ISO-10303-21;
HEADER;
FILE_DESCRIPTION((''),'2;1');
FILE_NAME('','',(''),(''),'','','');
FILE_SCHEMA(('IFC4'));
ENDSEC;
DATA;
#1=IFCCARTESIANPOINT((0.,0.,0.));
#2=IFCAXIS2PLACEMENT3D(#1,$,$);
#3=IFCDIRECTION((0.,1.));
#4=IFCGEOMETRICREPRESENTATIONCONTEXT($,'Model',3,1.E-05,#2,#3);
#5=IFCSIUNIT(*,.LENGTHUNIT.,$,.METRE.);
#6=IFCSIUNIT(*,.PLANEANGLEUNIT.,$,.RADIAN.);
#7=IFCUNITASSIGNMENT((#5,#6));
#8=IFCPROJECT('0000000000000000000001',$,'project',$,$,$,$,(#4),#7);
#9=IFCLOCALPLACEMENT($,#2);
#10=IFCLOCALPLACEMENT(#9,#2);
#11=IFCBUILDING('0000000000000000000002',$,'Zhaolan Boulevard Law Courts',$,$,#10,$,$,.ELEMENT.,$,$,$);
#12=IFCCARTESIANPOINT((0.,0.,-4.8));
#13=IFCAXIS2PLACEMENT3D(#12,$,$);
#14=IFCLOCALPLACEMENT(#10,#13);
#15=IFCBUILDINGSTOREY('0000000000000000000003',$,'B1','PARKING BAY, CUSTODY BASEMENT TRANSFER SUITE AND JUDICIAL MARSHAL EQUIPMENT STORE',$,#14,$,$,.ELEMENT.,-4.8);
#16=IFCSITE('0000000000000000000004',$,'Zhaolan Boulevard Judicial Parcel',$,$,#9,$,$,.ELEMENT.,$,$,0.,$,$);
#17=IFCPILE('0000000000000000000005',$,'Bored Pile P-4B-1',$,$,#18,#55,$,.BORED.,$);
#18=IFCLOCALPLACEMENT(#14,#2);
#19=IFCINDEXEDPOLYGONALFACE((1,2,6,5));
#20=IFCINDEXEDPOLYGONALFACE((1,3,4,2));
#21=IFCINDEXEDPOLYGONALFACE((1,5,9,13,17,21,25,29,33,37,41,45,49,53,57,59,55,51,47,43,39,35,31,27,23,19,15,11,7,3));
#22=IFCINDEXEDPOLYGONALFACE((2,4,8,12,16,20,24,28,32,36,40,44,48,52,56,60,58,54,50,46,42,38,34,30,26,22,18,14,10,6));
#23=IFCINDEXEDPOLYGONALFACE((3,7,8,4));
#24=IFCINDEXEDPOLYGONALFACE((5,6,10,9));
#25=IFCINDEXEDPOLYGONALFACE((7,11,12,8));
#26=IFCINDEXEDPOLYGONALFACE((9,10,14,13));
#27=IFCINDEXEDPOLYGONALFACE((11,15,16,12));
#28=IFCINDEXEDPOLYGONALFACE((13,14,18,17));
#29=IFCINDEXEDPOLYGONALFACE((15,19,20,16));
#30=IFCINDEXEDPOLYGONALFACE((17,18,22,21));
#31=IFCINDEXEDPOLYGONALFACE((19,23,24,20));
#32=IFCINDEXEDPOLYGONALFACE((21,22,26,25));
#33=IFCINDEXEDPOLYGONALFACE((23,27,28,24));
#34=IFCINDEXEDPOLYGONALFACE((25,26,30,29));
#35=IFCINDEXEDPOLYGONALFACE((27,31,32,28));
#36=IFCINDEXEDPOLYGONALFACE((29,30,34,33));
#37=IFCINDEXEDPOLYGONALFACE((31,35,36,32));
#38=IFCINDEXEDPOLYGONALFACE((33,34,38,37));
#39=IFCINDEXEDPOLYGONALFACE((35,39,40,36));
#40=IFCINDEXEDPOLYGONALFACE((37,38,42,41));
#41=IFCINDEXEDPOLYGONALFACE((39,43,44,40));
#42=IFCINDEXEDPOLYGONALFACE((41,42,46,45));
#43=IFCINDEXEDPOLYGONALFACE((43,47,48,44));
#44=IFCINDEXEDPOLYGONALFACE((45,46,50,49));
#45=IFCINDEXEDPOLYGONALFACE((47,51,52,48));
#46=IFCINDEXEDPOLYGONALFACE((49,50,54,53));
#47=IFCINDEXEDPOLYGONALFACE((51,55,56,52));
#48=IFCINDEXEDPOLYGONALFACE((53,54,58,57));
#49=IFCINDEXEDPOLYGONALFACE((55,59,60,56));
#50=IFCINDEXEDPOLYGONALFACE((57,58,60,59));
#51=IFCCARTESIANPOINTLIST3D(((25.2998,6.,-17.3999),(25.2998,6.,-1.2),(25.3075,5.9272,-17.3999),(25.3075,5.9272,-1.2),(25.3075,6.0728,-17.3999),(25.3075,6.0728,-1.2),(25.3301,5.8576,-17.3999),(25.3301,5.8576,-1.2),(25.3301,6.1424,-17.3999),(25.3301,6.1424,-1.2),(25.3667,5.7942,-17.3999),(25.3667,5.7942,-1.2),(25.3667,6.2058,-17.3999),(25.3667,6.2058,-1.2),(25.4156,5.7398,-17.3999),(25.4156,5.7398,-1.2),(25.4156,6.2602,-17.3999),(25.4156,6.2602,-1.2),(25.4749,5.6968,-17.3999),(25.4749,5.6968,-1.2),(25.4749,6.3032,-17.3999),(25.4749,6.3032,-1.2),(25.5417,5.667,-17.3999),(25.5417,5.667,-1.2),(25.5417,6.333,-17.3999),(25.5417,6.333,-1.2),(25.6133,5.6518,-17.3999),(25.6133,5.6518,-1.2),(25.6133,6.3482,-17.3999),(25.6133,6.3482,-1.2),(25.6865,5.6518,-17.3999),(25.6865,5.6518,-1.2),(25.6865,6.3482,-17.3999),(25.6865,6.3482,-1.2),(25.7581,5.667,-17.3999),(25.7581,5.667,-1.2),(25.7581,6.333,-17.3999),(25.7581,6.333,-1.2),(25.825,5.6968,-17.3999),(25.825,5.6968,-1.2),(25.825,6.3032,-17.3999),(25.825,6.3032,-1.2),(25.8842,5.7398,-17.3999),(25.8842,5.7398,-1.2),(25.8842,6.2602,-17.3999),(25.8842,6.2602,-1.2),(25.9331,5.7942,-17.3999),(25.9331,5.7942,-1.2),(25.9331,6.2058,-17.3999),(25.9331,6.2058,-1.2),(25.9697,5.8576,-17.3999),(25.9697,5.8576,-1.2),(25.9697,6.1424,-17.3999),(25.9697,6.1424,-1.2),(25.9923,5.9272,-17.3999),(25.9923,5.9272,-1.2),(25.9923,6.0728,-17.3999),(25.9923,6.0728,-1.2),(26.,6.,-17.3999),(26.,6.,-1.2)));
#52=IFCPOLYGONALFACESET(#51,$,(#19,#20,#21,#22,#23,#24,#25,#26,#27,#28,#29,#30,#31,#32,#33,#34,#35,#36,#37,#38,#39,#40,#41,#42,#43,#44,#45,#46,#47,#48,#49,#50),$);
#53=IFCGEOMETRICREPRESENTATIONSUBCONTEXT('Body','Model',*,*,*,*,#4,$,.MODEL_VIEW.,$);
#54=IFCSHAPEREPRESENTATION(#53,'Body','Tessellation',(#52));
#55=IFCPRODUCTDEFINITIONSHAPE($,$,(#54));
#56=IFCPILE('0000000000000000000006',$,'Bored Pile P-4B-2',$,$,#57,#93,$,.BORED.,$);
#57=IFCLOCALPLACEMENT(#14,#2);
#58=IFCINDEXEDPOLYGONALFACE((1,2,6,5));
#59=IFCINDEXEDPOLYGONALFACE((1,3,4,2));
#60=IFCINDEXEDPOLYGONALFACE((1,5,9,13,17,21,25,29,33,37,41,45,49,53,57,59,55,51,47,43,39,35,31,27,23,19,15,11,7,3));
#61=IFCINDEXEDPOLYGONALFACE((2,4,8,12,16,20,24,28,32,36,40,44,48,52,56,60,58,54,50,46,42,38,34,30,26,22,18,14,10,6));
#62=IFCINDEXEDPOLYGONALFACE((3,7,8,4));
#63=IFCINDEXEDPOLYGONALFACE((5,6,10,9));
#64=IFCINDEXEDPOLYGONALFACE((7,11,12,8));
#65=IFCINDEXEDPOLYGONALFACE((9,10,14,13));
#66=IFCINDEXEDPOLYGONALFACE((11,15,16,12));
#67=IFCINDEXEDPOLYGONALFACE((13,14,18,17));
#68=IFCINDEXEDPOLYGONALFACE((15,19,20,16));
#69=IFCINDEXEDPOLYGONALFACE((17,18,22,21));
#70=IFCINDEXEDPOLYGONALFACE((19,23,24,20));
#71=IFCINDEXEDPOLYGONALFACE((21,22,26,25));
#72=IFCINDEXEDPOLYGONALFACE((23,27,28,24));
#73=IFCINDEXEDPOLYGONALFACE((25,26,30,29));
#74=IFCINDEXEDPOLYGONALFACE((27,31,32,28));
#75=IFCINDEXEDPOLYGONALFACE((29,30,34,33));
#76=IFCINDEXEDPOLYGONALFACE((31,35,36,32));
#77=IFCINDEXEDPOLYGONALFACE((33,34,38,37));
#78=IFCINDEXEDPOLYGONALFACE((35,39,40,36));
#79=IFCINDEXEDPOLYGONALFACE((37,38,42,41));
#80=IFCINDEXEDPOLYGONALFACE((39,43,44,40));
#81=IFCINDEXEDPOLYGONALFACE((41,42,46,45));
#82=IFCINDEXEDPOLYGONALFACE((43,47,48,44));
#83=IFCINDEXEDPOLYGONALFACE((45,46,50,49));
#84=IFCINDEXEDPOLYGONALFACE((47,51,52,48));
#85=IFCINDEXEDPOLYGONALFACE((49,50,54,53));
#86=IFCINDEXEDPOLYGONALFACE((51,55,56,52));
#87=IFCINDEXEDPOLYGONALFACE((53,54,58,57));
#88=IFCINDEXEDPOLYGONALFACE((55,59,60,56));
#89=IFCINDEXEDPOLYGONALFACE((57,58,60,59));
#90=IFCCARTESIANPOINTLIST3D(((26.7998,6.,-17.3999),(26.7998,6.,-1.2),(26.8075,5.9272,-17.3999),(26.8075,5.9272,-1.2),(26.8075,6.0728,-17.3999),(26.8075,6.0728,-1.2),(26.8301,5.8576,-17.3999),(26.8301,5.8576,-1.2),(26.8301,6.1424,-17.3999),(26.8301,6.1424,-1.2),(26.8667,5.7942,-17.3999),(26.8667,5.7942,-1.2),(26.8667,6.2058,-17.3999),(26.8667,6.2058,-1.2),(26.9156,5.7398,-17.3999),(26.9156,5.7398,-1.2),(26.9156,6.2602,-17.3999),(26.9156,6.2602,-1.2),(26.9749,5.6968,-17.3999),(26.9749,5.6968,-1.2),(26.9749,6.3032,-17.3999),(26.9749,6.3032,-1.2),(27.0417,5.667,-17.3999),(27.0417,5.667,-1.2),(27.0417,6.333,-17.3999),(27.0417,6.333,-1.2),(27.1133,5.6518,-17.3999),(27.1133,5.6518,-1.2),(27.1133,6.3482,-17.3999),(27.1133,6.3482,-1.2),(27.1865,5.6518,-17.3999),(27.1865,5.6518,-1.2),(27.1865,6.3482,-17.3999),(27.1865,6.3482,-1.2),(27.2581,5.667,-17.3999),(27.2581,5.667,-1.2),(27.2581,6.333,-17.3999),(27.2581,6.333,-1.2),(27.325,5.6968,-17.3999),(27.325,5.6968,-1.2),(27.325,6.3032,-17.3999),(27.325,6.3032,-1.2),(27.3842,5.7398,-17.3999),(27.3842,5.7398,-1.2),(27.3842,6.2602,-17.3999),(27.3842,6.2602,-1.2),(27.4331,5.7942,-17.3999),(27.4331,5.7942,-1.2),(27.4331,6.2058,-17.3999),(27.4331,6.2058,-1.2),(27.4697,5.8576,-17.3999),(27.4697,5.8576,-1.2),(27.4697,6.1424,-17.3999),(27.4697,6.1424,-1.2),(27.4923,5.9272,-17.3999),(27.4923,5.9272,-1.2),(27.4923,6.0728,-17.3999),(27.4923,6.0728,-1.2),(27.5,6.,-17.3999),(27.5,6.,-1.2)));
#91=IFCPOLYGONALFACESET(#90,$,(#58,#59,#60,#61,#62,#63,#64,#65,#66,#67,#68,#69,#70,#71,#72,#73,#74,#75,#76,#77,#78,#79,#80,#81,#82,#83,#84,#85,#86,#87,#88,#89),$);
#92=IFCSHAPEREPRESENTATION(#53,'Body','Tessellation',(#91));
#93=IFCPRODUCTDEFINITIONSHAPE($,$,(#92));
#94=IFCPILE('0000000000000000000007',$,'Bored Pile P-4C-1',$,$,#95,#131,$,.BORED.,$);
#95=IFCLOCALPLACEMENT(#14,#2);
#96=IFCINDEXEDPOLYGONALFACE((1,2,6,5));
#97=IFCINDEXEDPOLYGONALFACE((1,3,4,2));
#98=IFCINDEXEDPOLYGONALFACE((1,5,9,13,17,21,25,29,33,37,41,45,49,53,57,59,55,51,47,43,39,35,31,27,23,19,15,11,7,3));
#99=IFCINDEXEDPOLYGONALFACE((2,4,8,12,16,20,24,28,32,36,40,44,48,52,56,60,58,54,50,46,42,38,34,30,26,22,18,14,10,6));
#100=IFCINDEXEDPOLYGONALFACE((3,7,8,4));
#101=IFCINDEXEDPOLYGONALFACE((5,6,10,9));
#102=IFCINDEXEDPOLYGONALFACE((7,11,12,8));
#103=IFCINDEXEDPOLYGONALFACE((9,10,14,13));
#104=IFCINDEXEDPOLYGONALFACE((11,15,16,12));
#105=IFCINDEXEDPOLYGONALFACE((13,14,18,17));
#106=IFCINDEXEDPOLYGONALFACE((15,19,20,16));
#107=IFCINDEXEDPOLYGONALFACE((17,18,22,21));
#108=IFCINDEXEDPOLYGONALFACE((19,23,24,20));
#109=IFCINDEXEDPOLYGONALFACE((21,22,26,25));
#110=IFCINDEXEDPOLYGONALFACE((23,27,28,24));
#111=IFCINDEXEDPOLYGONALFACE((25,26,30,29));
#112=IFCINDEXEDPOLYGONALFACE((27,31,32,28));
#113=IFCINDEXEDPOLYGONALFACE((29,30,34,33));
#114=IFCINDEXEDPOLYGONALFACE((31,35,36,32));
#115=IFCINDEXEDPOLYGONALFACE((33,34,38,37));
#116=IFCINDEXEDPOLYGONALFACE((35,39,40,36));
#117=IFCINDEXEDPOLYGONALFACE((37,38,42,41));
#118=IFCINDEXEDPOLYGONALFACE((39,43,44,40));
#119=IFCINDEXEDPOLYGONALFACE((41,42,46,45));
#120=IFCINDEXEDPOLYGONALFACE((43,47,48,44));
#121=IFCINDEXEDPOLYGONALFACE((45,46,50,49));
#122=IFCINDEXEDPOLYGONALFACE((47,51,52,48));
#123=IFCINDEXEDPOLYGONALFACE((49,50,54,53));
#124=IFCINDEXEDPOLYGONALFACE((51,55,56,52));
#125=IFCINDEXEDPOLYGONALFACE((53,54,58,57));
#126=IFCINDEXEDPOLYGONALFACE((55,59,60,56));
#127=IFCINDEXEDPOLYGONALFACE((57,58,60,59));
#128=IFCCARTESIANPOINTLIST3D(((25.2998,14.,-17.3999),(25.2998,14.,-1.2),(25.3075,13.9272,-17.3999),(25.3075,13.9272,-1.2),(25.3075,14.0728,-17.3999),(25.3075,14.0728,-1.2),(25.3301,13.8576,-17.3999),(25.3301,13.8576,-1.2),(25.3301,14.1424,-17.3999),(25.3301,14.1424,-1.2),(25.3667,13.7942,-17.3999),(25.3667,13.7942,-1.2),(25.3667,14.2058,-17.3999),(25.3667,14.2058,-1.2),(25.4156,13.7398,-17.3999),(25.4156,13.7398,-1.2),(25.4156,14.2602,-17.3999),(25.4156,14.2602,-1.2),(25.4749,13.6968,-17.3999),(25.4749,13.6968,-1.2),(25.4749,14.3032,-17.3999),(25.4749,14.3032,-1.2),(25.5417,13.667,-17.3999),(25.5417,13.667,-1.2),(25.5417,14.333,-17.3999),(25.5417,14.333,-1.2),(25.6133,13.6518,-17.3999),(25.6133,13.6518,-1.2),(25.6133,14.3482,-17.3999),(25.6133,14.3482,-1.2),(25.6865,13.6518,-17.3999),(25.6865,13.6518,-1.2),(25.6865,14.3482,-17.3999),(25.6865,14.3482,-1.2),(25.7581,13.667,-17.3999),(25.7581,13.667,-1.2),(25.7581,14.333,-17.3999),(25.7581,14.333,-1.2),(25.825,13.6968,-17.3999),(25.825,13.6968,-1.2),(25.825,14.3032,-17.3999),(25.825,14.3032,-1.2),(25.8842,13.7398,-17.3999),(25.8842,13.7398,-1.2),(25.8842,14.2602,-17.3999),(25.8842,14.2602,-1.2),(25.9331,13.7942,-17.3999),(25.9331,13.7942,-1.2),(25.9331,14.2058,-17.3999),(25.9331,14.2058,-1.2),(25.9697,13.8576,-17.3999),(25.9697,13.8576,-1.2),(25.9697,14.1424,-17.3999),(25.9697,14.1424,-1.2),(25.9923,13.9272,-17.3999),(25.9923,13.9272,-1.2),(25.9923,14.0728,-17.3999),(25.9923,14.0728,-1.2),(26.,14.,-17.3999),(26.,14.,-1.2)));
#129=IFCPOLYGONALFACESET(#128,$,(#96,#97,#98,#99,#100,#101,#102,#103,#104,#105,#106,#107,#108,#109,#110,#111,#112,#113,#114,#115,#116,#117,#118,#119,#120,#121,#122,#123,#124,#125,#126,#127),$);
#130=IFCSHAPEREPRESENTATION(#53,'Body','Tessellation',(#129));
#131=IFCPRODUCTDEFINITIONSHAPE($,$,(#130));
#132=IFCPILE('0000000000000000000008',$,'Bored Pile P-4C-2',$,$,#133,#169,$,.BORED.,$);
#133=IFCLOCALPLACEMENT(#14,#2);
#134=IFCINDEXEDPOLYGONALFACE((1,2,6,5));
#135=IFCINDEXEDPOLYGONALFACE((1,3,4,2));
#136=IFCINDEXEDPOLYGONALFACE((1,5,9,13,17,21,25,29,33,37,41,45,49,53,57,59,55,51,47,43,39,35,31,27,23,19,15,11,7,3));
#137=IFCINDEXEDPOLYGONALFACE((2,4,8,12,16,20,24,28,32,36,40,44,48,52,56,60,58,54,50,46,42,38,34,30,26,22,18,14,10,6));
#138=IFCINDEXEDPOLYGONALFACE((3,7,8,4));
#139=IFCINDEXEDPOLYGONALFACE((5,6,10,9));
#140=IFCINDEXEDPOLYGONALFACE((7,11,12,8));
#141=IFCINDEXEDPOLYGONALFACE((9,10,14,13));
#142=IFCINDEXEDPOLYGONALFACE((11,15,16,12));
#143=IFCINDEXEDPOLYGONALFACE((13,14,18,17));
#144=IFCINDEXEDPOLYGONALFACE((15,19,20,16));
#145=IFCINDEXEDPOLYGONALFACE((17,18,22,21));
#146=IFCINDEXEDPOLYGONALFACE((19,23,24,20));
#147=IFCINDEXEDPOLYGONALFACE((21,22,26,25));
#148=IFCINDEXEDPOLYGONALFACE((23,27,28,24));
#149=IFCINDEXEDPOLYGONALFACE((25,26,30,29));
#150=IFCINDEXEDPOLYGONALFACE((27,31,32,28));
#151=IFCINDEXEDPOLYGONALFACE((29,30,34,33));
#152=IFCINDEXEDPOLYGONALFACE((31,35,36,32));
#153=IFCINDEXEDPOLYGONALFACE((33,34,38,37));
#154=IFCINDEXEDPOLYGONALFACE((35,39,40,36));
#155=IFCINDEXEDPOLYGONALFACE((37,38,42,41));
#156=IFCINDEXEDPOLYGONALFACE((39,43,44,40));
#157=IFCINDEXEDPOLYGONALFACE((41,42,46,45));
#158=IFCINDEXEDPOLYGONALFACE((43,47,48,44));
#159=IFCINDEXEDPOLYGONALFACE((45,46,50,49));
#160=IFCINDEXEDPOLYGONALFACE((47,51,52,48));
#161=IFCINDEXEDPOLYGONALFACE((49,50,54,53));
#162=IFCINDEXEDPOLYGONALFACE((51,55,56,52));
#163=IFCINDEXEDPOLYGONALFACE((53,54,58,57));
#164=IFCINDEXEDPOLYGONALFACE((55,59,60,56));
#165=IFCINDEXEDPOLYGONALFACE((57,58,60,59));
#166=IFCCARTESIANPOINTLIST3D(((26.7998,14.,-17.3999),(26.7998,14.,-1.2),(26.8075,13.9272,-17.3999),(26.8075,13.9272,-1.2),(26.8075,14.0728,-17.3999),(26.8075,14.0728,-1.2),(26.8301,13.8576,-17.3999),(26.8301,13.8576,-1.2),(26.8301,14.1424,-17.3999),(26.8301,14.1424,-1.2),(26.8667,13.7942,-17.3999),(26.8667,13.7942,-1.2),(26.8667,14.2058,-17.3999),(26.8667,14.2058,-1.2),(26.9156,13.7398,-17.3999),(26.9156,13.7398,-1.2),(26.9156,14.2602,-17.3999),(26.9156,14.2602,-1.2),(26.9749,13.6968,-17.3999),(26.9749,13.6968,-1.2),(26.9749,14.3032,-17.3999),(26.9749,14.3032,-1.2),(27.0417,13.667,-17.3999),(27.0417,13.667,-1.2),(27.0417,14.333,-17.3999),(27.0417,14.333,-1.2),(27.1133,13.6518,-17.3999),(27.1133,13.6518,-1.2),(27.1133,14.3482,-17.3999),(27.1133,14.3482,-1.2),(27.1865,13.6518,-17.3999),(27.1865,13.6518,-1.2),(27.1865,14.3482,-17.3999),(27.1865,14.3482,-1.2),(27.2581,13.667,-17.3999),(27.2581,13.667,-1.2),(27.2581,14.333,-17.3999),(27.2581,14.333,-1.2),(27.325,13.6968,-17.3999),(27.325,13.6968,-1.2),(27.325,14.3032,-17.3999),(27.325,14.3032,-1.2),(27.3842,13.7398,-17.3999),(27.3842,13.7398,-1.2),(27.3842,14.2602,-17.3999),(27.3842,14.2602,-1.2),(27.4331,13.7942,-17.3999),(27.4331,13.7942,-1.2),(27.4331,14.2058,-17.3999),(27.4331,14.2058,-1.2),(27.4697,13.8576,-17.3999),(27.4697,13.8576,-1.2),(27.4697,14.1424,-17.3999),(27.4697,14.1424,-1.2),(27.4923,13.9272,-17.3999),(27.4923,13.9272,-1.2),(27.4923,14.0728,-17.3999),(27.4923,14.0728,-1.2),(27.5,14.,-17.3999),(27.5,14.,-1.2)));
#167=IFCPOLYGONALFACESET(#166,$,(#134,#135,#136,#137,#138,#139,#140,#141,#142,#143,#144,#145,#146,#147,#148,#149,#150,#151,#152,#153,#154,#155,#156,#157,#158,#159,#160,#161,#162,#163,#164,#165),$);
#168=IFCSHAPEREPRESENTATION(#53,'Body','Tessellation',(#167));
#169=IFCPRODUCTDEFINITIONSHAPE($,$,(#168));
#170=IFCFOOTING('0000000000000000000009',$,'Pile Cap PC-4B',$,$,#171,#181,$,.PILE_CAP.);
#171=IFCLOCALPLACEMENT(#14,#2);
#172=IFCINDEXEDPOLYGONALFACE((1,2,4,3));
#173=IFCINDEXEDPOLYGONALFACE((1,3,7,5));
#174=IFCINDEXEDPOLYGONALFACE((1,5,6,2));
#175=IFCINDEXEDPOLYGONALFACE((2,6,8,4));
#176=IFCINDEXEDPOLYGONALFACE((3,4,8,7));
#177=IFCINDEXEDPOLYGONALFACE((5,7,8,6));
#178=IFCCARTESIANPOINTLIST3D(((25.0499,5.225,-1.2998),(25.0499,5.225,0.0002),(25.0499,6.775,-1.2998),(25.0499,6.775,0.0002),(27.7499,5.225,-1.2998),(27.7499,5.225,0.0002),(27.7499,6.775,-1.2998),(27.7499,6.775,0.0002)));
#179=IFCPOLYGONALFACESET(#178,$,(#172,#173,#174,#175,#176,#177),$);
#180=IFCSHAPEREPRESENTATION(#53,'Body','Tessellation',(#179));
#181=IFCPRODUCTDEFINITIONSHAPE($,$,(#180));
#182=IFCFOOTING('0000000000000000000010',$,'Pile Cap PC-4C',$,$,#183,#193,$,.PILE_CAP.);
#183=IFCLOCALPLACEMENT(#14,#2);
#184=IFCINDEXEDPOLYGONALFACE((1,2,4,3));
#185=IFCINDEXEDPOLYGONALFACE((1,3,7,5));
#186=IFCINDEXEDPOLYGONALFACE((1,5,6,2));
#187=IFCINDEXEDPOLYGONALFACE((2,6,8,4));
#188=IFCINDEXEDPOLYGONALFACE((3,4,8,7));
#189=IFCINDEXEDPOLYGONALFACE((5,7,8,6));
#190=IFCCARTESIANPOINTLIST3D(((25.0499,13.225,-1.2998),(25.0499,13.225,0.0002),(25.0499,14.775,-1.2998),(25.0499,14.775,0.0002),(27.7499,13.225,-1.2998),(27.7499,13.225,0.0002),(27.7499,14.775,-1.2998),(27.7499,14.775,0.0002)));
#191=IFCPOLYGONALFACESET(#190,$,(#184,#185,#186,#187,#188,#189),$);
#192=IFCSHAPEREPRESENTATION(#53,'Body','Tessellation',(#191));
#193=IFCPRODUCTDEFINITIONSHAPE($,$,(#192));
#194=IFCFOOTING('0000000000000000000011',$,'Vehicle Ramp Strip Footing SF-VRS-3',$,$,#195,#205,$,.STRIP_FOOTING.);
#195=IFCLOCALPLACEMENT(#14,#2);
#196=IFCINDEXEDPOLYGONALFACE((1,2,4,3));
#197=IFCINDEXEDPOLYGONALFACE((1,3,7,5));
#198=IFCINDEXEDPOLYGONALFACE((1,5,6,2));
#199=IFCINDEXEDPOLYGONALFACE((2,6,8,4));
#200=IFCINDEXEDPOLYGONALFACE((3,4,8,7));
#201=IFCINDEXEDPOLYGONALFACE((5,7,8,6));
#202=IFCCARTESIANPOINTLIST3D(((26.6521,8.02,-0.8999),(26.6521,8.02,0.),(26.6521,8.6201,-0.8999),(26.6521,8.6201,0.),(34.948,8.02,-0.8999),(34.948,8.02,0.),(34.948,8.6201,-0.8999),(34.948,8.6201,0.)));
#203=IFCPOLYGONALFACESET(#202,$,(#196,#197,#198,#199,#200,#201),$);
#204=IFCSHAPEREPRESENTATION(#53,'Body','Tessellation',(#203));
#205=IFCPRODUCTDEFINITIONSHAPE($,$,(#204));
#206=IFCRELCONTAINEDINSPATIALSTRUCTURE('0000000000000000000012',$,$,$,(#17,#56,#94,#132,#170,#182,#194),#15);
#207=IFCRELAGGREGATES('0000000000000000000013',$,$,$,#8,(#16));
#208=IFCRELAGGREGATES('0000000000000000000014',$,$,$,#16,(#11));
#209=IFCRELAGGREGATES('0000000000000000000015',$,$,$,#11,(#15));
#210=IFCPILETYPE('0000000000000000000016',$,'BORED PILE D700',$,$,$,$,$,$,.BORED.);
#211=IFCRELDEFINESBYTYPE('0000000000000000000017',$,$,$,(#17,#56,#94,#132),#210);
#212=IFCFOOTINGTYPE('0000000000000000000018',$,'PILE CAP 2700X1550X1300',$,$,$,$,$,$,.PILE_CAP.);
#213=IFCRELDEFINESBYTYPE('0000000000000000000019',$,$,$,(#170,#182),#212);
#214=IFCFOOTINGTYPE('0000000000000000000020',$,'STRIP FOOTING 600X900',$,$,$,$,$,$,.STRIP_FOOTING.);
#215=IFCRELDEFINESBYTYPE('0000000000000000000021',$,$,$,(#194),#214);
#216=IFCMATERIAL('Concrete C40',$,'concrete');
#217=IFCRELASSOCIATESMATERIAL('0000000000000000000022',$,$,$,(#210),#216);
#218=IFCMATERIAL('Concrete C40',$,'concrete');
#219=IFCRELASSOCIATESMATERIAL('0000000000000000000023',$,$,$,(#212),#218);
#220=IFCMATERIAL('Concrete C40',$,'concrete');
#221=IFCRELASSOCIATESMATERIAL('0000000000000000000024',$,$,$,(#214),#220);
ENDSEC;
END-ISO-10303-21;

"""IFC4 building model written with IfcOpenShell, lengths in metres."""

from ifc_helpers import new_model, si_unit, direction, frame, origin, origin_2d, place, context, subcontext, project, spatial, rectangle, circle, extrude, material, material_profile, profile_set, type_object, element, save


model = new_model("IFC4")

# Units and contexts
model_context = context("Model", 3, precision=1e-05, world=origin(), true_north=direction((0.0, 1.0)))
body_context = subcontext(model_context, "Body", "Model", "MODEL_VIEW")
ifc_project = project(units=[si_unit("LENGTHUNIT", "METRE"), si_unit("PLANEANGLEUNIT", "RADIAN")], contexts=[model_context])

# Site, building, storey
site_placement = place(None, origin())
site = spatial("IfcSite", under=ifc_project, at=site_placement, Name="Zhaolan Boulevard Judicial Parcel", CompositionType="ELEMENT", RefElevation=0.0)
building_placement = place(site_placement, origin())
building = spatial("IfcBuilding", under=site, at=building_placement, Name="Zhaolan Boulevard Law Courts", CompositionType="ELEMENT")
storey_placement = place(building_placement, frame((0.0, 0.0, -4.8)))
storey = spatial("IfcBuildingStorey", under=building, at=storey_placement, Name="B1", Description="PARKING BAY, CUSTODY BASEMENT TRANSFER SUITE AND JUDICIAL MARSHAL EQUIPMENT STORE", CompositionType="ELEMENT", Elevation=-4.8)

# Piles
ifc_material_1 = material(Name="Concrete C40", Category="concrete")
ifc_material_profile_1 = material_profile(ifc_material_1, circle(Radius=0.3501, at=origin_2d()), Name="PILE-D700")
ifc_profile_set_1 = profile_set([ifc_material_profile_1], Name="Concrete C40")
pile_type = type_object("IfcPileType", Name="BORED PILE D700", PredefinedType="BORED", material=ifc_profile_set_1)
for number, where, z_axis, x_axis, name in (
    (1, (25.6499, 6.0, -1.2), (0.0, 0.0, -1.0), (1.0, 0.0, 0.0), "Bored Pile P-4B-1"),
    (2, (27.1499, 6.0, -1.2), (0.0, 0.0, -1.0), (1.0, 0.0, 0.0), "Bored Pile P-4B-2"),
    (3, (25.6499, 14.0, -1.2), (0.0, 0.0, -1.0), (1.0, 0.0, 0.0), "Bored Pile P-4C-1"),
    (4, (27.1499, 14.0, -1.2), (0.0, 0.0, -1.0), (1.0, 0.0, 0.0), "Bored Pile P-4C-2"),
):
    element("IfcPile", number, at=place(storey_placement, frame(where, z_axis=z_axis, x_axis=x_axis)), inside=storey, type_object=pile_type, Name=name, PredefinedType="BORED", context=body_context, shape_type="SweptSolid", body=[
        extrude(circle(Radius=0.3501, at=origin_2d()), origin(), (0.0, 0.0, 1.0), 16.2),
    ])

# Footings
ifc_material_2 = material(Name="Concrete C40", Category="concrete")
footing_type_1 = type_object("IfcFootingType", Name="PILE CAP 2700X1550X1300", PredefinedType="PILE_CAP", material=ifc_material_2)
for number, where, z_axis, x_axis, name in (
    (5, (26.3999, 6.0, -1.2998), (0.0, 0.0, 1.0), (1.0, 0.0, 0.0), "Pile Cap PC-4B"),
    (6, (26.3999, 14.0, -1.2998), (0.0, 0.0, 1.0), (1.0, 0.0, 0.0), "Pile Cap PC-4C"),
):
    element("IfcFooting", number, at=place(storey_placement, frame(where, z_axis=z_axis, x_axis=x_axis)), inside=storey, type_object=footing_type_1, Name=name, PredefinedType="PILE_CAP", context=body_context, shape_type="SweptSolid", body=[
        extrude(rectangle(XDim=2.7, YDim=1.55, at=origin_2d()), origin(), (0.0, 0.0, 1.0), 1.3),
    ])
ifc_material_3 = material(Name="Concrete C40", Category="concrete")
ifc_material_profile_2 = material_profile(ifc_material_3, rectangle(XDim=0.6001, YDim=0.8999, at=origin_2d()), Name="RC600x900")
ifc_profile_set_2 = profile_set([ifc_material_profile_2], Name="Concrete C40")
footing_type_2 = type_object("IfcFootingType", Name="STRIP FOOTING 600X900", PredefinedType="STRIP_FOOTING", material=ifc_profile_set_2)
for number, where, z_axis, x_axis, name in (
    (7, (26.6521, 8.3201, -0.45), (1.0, 0.0, 0.0), (0.0, 1.0, 0.0), "Vehicle Ramp Strip Footing SF-VRS-3"),
):
    element("IfcFooting", number, at=place(storey_placement, frame(where, z_axis=z_axis, x_axis=x_axis)), inside=storey, type_object=footing_type_2, Name=name, PredefinedType="STRIP_FOOTING", context=body_context, shape_type="SweptSolid", body=[
        extrude(rectangle(XDim=0.6001, YDim=0.8999, at=origin_2d()), origin(), (0.0, 0.0, 1.0), 8.2959),
    ])

save(model, "model.ifc")
